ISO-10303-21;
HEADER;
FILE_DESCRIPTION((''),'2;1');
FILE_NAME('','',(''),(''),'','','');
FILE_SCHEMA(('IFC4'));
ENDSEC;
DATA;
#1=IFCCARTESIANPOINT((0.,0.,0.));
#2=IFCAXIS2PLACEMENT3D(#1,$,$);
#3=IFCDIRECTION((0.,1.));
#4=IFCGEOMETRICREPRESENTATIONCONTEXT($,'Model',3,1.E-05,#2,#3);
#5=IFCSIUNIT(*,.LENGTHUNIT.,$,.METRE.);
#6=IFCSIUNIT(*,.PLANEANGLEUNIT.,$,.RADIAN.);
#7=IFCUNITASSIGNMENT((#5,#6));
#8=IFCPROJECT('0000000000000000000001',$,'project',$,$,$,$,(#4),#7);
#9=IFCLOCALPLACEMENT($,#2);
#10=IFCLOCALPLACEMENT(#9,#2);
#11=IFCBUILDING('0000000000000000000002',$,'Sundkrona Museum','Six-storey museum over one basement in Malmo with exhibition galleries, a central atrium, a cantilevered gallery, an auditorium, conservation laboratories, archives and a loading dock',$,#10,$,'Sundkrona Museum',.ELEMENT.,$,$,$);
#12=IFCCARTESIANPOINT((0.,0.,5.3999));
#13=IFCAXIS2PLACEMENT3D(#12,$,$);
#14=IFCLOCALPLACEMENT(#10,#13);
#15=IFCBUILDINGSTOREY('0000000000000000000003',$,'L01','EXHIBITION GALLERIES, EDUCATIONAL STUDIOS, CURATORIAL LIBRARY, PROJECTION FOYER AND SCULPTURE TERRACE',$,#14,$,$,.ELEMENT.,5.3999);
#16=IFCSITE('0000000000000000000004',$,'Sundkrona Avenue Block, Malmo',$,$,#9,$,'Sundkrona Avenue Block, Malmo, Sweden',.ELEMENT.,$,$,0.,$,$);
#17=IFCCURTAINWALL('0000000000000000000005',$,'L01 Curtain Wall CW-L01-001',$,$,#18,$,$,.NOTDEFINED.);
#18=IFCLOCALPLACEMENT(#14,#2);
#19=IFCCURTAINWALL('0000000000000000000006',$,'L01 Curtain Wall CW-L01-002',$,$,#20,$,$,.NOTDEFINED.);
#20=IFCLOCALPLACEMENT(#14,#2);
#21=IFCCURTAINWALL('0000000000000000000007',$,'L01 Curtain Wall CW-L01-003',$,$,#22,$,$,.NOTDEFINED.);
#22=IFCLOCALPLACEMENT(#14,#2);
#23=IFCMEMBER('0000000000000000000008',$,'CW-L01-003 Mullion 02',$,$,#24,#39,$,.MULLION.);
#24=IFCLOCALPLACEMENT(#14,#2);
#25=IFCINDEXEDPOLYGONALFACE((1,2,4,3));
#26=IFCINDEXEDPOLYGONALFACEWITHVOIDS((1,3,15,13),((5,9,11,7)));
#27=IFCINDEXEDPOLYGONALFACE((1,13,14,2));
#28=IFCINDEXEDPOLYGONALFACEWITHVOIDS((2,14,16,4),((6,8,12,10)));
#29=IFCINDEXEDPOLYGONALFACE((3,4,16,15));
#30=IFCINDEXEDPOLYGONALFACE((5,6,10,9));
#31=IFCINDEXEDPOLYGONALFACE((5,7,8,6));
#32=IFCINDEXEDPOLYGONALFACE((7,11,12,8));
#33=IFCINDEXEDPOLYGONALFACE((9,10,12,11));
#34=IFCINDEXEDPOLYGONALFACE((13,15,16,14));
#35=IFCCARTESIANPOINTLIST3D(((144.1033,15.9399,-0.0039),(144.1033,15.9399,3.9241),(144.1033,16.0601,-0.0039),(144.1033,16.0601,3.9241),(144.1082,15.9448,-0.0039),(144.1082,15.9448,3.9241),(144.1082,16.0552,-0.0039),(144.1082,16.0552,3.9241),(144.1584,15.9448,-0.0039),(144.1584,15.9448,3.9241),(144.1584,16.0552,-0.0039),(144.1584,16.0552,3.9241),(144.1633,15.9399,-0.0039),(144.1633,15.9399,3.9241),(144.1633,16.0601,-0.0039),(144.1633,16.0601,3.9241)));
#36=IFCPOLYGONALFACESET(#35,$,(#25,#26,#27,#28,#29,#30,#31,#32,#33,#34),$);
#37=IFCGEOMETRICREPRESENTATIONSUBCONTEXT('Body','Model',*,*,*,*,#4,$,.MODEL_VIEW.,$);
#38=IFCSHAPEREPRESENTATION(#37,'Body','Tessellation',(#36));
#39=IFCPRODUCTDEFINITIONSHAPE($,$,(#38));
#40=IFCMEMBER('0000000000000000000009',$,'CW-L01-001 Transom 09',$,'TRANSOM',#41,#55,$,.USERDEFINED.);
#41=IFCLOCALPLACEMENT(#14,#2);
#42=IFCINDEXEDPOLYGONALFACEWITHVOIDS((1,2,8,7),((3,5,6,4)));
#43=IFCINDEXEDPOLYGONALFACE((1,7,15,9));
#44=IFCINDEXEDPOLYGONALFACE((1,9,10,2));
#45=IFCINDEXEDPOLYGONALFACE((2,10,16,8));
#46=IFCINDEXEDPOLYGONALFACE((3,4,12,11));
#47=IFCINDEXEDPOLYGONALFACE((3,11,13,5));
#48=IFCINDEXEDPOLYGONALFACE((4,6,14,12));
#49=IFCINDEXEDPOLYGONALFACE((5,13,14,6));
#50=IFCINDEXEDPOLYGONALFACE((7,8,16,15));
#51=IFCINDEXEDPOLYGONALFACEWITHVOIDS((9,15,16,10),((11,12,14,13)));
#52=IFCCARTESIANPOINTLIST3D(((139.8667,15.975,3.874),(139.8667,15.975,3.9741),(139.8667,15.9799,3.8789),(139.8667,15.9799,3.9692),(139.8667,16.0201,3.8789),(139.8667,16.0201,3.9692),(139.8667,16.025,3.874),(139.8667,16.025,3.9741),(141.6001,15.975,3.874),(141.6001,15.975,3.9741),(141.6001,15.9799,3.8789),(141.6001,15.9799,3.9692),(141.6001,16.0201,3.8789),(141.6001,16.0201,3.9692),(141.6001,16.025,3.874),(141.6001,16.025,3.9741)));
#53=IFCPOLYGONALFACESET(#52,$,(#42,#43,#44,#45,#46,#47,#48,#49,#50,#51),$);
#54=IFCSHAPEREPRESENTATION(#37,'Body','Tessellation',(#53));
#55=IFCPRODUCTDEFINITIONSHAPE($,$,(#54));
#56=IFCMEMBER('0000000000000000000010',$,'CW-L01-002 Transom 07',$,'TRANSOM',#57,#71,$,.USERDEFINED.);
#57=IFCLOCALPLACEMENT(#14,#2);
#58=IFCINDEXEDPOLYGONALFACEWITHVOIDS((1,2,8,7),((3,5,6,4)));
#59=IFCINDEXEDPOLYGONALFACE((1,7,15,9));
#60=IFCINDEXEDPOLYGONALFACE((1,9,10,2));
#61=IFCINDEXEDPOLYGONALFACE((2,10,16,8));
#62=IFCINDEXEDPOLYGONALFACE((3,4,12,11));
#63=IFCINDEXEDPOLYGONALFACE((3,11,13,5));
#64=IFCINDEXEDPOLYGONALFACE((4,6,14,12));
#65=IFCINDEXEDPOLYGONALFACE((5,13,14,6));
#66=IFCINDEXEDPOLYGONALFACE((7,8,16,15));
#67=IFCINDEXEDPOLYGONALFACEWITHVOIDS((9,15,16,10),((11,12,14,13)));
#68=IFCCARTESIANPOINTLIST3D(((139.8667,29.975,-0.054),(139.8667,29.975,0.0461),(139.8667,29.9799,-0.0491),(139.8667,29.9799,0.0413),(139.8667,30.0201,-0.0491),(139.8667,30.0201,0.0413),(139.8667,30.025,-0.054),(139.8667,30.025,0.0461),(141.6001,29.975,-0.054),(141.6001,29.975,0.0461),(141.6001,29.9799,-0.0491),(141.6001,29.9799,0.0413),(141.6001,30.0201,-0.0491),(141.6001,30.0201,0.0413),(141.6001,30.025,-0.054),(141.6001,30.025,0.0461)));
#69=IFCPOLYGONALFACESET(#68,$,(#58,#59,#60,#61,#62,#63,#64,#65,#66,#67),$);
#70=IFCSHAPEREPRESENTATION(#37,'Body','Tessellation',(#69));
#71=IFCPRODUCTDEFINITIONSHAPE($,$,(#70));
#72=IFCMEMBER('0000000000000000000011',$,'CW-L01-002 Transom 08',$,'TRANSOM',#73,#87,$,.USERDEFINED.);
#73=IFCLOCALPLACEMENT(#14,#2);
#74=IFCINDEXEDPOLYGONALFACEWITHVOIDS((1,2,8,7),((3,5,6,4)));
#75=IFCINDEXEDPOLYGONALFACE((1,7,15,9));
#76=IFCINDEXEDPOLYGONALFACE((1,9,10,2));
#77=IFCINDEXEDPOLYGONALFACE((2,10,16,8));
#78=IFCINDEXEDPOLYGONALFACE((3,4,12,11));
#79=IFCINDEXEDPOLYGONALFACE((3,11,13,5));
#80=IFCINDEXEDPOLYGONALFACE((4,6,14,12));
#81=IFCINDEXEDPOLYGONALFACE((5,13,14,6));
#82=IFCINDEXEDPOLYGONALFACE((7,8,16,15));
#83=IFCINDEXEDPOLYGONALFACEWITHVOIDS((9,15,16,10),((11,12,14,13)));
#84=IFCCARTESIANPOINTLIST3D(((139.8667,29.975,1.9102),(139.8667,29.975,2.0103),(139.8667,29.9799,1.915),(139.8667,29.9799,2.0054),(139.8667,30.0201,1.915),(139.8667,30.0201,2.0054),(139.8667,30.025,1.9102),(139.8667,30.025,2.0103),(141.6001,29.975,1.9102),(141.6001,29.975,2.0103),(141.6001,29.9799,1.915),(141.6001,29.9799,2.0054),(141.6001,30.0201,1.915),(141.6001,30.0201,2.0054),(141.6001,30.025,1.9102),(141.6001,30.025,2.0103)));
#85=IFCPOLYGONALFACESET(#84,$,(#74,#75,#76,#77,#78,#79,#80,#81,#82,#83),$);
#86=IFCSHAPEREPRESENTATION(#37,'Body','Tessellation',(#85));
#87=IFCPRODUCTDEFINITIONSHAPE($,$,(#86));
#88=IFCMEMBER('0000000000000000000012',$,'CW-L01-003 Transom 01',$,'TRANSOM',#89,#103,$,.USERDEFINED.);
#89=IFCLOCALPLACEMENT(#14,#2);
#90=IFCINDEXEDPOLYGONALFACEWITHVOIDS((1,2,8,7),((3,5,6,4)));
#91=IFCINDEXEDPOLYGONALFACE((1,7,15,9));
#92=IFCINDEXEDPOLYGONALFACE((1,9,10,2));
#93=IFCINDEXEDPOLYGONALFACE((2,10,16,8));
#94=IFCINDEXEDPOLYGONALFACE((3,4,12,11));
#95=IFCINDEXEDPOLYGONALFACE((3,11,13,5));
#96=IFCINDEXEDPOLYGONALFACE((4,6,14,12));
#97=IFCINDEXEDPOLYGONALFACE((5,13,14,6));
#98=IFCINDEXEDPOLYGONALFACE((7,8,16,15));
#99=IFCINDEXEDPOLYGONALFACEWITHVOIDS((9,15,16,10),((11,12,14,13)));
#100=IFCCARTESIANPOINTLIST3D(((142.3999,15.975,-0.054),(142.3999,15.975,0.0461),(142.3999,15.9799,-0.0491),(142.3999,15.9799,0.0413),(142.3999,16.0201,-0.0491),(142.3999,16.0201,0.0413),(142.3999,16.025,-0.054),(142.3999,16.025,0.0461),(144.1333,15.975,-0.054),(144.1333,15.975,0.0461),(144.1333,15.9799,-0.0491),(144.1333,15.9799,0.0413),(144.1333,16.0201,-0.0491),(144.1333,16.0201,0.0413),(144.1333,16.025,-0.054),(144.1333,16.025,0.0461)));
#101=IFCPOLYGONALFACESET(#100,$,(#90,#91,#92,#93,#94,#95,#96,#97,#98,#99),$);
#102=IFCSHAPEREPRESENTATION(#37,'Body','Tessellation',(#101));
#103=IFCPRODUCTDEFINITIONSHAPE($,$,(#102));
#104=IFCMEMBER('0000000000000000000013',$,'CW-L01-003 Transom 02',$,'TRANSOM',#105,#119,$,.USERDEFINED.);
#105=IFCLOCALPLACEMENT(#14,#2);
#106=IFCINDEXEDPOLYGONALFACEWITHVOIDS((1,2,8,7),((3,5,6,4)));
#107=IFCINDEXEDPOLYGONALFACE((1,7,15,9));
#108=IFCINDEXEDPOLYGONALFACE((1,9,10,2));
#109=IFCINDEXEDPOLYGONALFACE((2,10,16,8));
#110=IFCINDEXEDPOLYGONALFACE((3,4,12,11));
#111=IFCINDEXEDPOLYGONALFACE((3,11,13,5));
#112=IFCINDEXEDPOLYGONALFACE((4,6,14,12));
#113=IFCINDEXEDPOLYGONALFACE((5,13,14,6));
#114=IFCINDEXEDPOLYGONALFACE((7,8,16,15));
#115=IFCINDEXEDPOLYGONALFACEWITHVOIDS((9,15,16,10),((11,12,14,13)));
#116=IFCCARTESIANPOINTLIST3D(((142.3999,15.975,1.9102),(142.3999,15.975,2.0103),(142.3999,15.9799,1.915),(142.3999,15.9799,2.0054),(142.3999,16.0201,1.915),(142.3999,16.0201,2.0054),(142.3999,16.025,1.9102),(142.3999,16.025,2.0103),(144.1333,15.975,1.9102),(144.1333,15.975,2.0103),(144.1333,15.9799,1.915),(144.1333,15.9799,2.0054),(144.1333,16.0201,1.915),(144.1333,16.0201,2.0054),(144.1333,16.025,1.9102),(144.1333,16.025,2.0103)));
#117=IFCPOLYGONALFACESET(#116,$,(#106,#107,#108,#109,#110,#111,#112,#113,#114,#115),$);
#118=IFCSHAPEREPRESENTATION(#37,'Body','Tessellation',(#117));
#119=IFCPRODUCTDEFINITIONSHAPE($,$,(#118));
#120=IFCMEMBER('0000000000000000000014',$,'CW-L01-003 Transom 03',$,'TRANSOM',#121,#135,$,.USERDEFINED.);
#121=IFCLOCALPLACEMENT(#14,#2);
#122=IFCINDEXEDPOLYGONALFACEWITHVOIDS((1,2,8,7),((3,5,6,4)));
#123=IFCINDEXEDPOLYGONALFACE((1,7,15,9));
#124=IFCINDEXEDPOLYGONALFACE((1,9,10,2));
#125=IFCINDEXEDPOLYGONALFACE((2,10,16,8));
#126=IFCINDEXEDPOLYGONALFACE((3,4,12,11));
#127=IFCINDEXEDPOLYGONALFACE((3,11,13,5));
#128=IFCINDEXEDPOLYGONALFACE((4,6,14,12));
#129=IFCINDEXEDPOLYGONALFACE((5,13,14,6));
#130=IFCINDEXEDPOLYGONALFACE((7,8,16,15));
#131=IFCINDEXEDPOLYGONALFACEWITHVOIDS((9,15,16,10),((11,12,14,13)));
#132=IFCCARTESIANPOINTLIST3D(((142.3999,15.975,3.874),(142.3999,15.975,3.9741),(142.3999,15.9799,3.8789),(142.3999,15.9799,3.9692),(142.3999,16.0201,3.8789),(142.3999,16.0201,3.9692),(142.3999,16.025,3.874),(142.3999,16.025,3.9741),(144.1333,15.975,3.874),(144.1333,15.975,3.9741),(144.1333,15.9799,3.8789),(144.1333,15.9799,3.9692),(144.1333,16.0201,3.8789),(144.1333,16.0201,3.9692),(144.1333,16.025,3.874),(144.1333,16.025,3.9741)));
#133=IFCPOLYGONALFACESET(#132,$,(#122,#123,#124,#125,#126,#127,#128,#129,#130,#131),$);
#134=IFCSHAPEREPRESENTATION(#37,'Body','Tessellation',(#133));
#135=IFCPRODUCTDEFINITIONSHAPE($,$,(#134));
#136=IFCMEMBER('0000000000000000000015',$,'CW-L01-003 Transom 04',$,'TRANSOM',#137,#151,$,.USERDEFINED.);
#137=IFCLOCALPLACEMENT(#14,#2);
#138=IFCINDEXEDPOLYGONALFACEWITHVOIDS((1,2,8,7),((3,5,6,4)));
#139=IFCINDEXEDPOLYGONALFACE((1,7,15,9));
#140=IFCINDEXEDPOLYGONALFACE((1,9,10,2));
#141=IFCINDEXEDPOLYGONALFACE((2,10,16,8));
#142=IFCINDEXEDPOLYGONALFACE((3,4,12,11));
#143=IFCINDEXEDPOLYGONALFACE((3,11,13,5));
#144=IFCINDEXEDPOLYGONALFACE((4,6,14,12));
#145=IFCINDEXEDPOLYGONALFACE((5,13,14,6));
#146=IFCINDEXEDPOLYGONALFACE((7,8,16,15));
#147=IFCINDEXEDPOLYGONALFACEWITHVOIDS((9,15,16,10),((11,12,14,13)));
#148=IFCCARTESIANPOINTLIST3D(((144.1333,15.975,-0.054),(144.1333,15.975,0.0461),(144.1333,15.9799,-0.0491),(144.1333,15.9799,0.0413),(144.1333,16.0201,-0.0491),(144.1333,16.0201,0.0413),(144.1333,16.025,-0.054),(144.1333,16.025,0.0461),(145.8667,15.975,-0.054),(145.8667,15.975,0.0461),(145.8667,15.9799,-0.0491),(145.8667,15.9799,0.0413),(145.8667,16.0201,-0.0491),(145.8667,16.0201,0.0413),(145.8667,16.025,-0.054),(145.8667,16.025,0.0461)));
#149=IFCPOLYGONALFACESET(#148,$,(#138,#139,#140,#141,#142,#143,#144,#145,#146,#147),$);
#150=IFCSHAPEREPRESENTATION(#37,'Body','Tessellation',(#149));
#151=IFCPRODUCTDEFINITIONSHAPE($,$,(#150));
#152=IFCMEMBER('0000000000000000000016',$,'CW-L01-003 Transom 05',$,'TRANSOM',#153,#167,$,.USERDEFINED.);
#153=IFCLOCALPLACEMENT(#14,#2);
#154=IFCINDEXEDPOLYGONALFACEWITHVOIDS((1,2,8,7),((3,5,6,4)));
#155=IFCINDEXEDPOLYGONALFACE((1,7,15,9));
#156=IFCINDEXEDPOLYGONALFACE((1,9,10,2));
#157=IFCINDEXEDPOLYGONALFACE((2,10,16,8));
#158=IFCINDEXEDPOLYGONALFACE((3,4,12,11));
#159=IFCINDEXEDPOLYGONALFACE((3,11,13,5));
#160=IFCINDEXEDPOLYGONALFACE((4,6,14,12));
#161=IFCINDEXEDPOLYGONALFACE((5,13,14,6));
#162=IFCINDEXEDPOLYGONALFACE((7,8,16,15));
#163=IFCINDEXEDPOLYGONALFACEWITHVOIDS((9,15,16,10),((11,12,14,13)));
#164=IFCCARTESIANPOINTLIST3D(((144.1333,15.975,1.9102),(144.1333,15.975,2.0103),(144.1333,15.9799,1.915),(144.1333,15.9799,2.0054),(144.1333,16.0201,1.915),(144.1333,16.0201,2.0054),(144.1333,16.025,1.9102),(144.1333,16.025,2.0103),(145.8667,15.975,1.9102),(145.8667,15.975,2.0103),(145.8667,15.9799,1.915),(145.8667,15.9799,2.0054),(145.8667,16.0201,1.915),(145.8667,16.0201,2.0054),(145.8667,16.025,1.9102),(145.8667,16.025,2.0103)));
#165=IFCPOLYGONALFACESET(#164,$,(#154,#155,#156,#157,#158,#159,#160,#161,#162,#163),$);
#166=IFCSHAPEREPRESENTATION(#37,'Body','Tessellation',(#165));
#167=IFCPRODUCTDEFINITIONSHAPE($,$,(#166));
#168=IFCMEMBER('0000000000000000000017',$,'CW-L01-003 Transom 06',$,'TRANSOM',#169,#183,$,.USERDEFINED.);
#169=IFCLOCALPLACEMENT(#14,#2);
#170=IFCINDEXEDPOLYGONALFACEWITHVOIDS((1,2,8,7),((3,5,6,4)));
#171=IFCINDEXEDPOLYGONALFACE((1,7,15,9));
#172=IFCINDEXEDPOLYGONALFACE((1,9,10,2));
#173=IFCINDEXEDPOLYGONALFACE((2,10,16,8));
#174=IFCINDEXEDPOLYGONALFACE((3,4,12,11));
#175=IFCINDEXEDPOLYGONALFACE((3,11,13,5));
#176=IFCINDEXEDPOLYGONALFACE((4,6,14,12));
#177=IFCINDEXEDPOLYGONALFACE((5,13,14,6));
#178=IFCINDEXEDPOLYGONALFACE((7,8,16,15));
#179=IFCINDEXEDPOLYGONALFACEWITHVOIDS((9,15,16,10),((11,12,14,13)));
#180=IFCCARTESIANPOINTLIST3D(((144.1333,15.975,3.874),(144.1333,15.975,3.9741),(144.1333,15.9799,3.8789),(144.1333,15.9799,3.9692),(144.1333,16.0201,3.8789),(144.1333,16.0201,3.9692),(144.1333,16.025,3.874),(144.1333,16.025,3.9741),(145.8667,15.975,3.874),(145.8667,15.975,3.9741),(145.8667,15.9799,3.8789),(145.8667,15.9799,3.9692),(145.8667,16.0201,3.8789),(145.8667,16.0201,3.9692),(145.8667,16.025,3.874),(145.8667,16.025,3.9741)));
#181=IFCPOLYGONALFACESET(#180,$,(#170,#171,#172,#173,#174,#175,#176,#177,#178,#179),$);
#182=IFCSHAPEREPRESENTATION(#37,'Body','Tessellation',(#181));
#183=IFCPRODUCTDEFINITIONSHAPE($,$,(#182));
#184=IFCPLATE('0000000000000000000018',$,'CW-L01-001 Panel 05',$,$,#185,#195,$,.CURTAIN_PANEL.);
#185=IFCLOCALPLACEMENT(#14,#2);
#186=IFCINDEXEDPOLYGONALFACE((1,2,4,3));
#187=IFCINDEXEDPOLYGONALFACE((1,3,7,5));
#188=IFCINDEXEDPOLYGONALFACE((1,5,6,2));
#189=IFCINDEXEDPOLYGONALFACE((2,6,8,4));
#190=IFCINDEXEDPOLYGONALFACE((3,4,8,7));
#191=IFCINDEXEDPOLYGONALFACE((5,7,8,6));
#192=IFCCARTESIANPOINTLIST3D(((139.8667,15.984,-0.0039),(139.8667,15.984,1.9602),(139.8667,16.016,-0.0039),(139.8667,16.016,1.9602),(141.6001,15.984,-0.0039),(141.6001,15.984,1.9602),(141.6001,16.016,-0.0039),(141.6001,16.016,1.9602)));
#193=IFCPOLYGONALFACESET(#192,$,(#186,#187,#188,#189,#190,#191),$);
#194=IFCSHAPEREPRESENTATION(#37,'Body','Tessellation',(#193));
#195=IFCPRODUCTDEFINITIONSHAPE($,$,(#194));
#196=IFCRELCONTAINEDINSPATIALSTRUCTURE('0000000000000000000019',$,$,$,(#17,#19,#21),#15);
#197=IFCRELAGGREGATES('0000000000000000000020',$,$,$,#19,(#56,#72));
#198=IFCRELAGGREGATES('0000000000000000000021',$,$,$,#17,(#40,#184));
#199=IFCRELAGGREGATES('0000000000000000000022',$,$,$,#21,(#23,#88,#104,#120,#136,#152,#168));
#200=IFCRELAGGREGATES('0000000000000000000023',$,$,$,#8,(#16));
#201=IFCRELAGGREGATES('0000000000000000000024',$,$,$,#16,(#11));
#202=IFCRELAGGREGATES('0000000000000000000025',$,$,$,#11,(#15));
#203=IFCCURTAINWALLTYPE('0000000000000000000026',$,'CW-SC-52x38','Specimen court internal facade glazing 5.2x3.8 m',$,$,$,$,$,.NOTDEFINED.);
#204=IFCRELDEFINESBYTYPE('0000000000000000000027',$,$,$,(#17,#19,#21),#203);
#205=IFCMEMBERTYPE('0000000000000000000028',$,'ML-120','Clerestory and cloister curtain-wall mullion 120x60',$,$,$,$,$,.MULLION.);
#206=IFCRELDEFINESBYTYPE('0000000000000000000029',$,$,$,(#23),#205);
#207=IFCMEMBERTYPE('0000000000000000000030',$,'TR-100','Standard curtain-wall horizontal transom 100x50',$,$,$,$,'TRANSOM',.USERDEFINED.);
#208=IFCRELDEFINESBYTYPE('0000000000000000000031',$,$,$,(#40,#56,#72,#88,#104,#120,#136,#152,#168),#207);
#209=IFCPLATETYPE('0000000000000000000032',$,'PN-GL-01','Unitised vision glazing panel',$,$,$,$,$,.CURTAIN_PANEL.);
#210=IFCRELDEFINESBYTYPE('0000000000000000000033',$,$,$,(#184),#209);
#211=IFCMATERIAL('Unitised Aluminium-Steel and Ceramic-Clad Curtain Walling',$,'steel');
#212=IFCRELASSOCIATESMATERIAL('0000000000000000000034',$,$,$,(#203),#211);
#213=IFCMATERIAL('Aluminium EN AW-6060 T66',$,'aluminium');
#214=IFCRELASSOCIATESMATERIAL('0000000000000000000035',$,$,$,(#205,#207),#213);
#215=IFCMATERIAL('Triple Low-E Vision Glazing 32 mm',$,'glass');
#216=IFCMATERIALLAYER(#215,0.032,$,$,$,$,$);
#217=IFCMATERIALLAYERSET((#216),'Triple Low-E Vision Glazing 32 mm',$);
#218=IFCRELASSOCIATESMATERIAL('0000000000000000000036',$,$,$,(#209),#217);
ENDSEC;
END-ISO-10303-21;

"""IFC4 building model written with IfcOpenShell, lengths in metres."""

from ifc_helpers import new_model, si_unit, direction, frame, origin, origin_2d, place, context, subcontext, project, spatial, rectangle, hollow_rectangle, extrude, material, layer, layer_set, material_profile, profile_set, type_object, element, aggregate, save


model = new_model("IFC4")

# Units and contexts
model_context = context("Model", 3, precision=1e-05, world=origin(), true_north=direction((0.0, 1.0)))
body_context = subcontext(model_context, "Body", "Model", "MODEL_VIEW")
ifc_project = project(units=[si_unit("LENGTHUNIT", "METRE"), si_unit("PLANEANGLEUNIT", "RADIAN")], contexts=[model_context])

# Site, building, storey
site_placement = place(None, origin())
site = spatial("IfcSite", under=ifc_project, at=site_placement, Name="Sundkrona Avenue Block, Malmo", LongName="Sundkrona Avenue Block, Malmo, Sweden", CompositionType="ELEMENT", RefElevation=0.0)
building_placement = place(site_placement, origin())
building = spatial("IfcBuilding", under=site, at=building_placement, Name="Sundkrona Museum", Description="Six-storey museum over one basement in Malmo with exhibition galleries, a central atrium, a cantilevered gallery, an auditorium, conservation laboratories, archives and a loading dock", LongName="Sundkrona Museum", CompositionType="ELEMENT")
storey_placement = place(building_placement, frame((0.0, 0.0, 5.3999)))
storey = spatial("IfcBuildingStorey", under=building, at=storey_placement, Name="L01", Description="EXHIBITION GALLERIES, EDUCATIONAL STUDIOS, CURATORIAL LIBRARY, PROJECTION FOYER AND SCULPTURE TERRACE", CompositionType="ELEMENT", Elevation=5.3999)

# Curtain walls
ifc_material_1 = material(Name="Unitised Aluminium-Steel and Ceramic-Clad Curtain Walling", Category="steel")
curtain_wall_type = type_object("IfcCurtainWallType", Name="CW-SC-52x38", Description="Specimen court internal facade glazing 5.2x3.8 m", PredefinedType="NOTDEFINED", material=ifc_material_1)
curtain_wall_1_placement = place(storey_placement, origin())
curtain_wall_1 = element("IfcCurtainWall", 1, at=curtain_wall_1_placement, inside=storey, type_object=curtain_wall_type, Name="L01 Curtain Wall CW-L01-001", PredefinedType="NOTDEFINED")
ifc_material_2 = material(Name="Aluminium EN AW-6060 T66", Category="aluminium")
ifc_material_profile_1 = material_profile(ifc_material_2, hollow_rectangle(XDim=0.0601, YDim=0.1201, WallThickness=0.0049, at=origin_2d()), Name="RHS 120x60x5.0")
ifc_profile_set_1 = profile_set([ifc_material_profile_1], Name="Aluminium EN AW-6060 T66")
member_type_1 = type_object("IfcMemberType", Name="ML-120", Description="Clerestory and cloister curtain-wall mullion 120x60", PredefinedType="MULLION", material=ifc_profile_set_1)
curtain_wall_2_placement = place(storey_placement, origin())
curtain_wall_2 = element("IfcCurtainWall", 2, at=curtain_wall_2_placement, inside=storey, type_object=curtain_wall_type, Name="L01 Curtain Wall CW-L01-002", PredefinedType="NOTDEFINED")

# Curtain wall, member
curtain_wall_3_placement = place(storey_placement, origin())
curtain_wall_3 = element("IfcCurtainWall", 3, at=curtain_wall_3_placement, inside=storey, type_object=curtain_wall_type, Name="L01 Curtain Wall CW-L01-003", PredefinedType="NOTDEFINED")
member_1_placement = place(storey_placement, frame((144.1333, 16.0, -0.0039), z_axis=(0.0, 0.0, 1.0), x_axis=(1.0, 0.0, 0.0)))
member_1 = element("IfcMember", 4, at=member_1_placement, type_object=member_type_1, Name="CW-L01-003 Mullion 02", PredefinedType="MULLION", context=body_context, shape_type="SweptSolid", body=[
    extrude(hollow_rectangle(XDim=0.0601, YDim=0.1201, WallThickness=0.0049, at=origin_2d()), origin(), (0.0, 0.0, 1.0), 3.928),
])

# Members
ifc_material_profile_2 = material_profile(ifc_material_2, hollow_rectangle(XDim=0.05, YDim=0.1001, WallThickness=0.0049, at=origin_2d()), Name="RHS 100x50x5.0")
ifc_profile_set_2 = profile_set([ifc_material_profile_2], Name="Aluminium EN AW-6060 T66")
member_type_2 = type_object("IfcMemberType", Name="TR-100", Description="Standard curtain-wall horizontal transom 100x50", ElementType="TRANSOM", PredefinedType="USERDEFINED", material=ifc_profile_set_2)
member_2_placement = place(storey_placement, frame((139.8667, 16.0, 3.9241), z_axis=(1.0, 0.0, 0.0), x_axis=(0.0, 1.0, 0.0)))
member_2 = element("IfcMember", 5, at=member_2_placement, type_object=member_type_2, Name="CW-L01-001 Transom 09", ObjectType="TRANSOM", PredefinedType="USERDEFINED", context=body_context, shape_type="SweptSolid", body=[
    extrude(hollow_rectangle(XDim=0.05, YDim=0.1001, WallThickness=0.0049, at=origin_2d()), origin(), (0.0, 0.0, 1.0), 1.7334),
])
member_3_placement = place(storey_placement, frame((139.8667, 30.0, -0.0039), z_axis=(1.0, 0.0, 0.0), x_axis=(0.0, 1.0, 0.0)))
member_3 = element("IfcMember", 6, at=member_3_placement, type_object=member_type_2, Name="CW-L01-002 Transom 07", ObjectType="TRANSOM", PredefinedType="USERDEFINED", context=body_context, shape_type="SweptSolid", body=[
    extrude(hollow_rectangle(XDim=0.05, YDim=0.1001, WallThickness=0.0049, at=origin_2d()), origin(), (0.0, 0.0, 1.0), 1.7334),
])
member_4_placement = place(storey_placement, frame((139.8667, 30.0, 1.9602), z_axis=(1.0, 0.0, 0.0), x_axis=(0.0, 1.0, 0.0)))
member_4 = element("IfcMember", 7, at=member_4_placement, type_object=member_type_2, Name="CW-L01-002 Transom 08", ObjectType="TRANSOM", PredefinedType="USERDEFINED", context=body_context, shape_type="SweptSolid", body=[
    extrude(hollow_rectangle(XDim=0.05, YDim=0.1001, WallThickness=0.0049, at=origin_2d()), origin(), (0.0, 0.0, 1.0), 1.7334),
])
aggregate(curtain_wall_2, [member_3, member_4])
member_5_placement = place(storey_placement, frame((142.3999, 16.0, -0.0039), z_axis=(1.0, 0.0, 0.0), x_axis=(0.0, 1.0, 0.0)))
member_5 = element("IfcMember", 8, at=member_5_placement, type_object=member_type_2, Name="CW-L01-003 Transom 01", ObjectType="TRANSOM", PredefinedType="USERDEFINED", context=body_context, shape_type="SweptSolid", body=[
    extrude(hollow_rectangle(XDim=0.05, YDim=0.1001, WallThickness=0.0049, at=origin_2d()), origin(), (0.0, 0.0, 1.0), 1.7334),
])
member_6_placement = place(storey_placement, frame((142.3999, 16.0, 1.9602), z_axis=(1.0, 0.0, 0.0), x_axis=(0.0, 1.0, 0.0)))
member_6 = element("IfcMember", 9, at=member_6_placement, type_object=member_type_2, Name="CW-L01-003 Transom 02", ObjectType="TRANSOM", PredefinedType="USERDEFINED", context=body_context, shape_type="SweptSolid", body=[
    extrude(hollow_rectangle(XDim=0.05, YDim=0.1001, WallThickness=0.0049, at=origin_2d()), origin(), (0.0, 0.0, 1.0), 1.7334),
])
member_7_placement = place(storey_placement, frame((142.3999, 16.0, 3.9241), z_axis=(1.0, 0.0, 0.0), x_axis=(0.0, 1.0, 0.0)))
member_7 = element("IfcMember", 10, at=member_7_placement, type_object=member_type_2, Name="CW-L01-003 Transom 03", ObjectType="TRANSOM", PredefinedType="USERDEFINED", context=body_context, shape_type="SweptSolid", body=[
    extrude(hollow_rectangle(XDim=0.05, YDim=0.1001, WallThickness=0.0049, at=origin_2d()), origin(), (0.0, 0.0, 1.0), 1.7334),
])
member_8_placement = place(storey_placement, frame((144.1333, 16.0, -0.0039), z_axis=(1.0, 0.0, 0.0), x_axis=(0.0, 1.0, 0.0)))
member_8 = element("IfcMember", 11, at=member_8_placement, type_object=member_type_2, Name="CW-L01-003 Transom 04", ObjectType="TRANSOM", PredefinedType="USERDEFINED", context=body_context, shape_type="SweptSolid", body=[
    extrude(hollow_rectangle(XDim=0.05, YDim=0.1001, WallThickness=0.0049, at=origin_2d()), origin(), (0.0, 0.0, 1.0), 1.7334),
])
member_9_placement = place(storey_placement, frame((144.1333, 16.0, 1.9602), z_axis=(1.0, 0.0, 0.0), x_axis=(0.0, 1.0, 0.0)))
member_9 = element("IfcMember", 12, at=member_9_placement, type_object=member_type_2, Name="CW-L01-003 Transom 05", ObjectType="TRANSOM", PredefinedType="USERDEFINED", context=body_context, shape_type="SweptSolid", body=[
    extrude(hollow_rectangle(XDim=0.05, YDim=0.1001, WallThickness=0.0049, at=origin_2d()), origin(), (0.0, 0.0, 1.0), 1.7334),
])
member_10_placement = place(storey_placement, frame((144.1333, 16.0, 3.9241), z_axis=(1.0, 0.0, 0.0), x_axis=(0.0, 1.0, 0.0)))
member_10 = element("IfcMember", 13, at=member_10_placement, type_object=member_type_2, Name="CW-L01-003 Transom 06", ObjectType="TRANSOM", PredefinedType="USERDEFINED", context=body_context, shape_type="SweptSolid", body=[
    extrude(hollow_rectangle(XDim=0.05, YDim=0.1001, WallThickness=0.0049, at=origin_2d()), origin(), (0.0, 0.0, 1.0), 1.7334),
])

# Plate
ifc_material_3 = material(Name="Triple Low-E Vision Glazing 32 mm", Category="glass")
ifc_layer = layer(ifc_material_3, 0.032)
ifc_layer_set = layer_set([ifc_layer], Name="Triple Low-E Vision Glazing 32 mm")
plate_type = type_object("IfcPlateType", Name="PN-GL-01", Description="Unitised vision glazing panel", PredefinedType="CURTAIN_PANEL", material=ifc_layer_set)
plate_1_placement = place(storey_placement, frame((140.7334, 16.0, -0.0039), z_axis=(0.0, 0.0, 1.0), x_axis=(1.0, 0.0, 0.0)))
plate_1 = element("IfcPlate", 14, at=plate_1_placement, type_object=plate_type, Name="CW-L01-001 Panel 05", PredefinedType="CURTAIN_PANEL", context=body_context, shape_type="SweptSolid", body=[
    extrude(rectangle(XDim=1.7334, YDim=0.032, at=origin_2d()), origin(), (0.0, 0.0, 1.0), 1.9641),
])
aggregate(curtain_wall_1, [member_2, plate_1])
aggregate(curtain_wall_3, [member_1, member_5, member_6, member_7, member_8, member_9, member_10])

save(model, "model.ifc")
